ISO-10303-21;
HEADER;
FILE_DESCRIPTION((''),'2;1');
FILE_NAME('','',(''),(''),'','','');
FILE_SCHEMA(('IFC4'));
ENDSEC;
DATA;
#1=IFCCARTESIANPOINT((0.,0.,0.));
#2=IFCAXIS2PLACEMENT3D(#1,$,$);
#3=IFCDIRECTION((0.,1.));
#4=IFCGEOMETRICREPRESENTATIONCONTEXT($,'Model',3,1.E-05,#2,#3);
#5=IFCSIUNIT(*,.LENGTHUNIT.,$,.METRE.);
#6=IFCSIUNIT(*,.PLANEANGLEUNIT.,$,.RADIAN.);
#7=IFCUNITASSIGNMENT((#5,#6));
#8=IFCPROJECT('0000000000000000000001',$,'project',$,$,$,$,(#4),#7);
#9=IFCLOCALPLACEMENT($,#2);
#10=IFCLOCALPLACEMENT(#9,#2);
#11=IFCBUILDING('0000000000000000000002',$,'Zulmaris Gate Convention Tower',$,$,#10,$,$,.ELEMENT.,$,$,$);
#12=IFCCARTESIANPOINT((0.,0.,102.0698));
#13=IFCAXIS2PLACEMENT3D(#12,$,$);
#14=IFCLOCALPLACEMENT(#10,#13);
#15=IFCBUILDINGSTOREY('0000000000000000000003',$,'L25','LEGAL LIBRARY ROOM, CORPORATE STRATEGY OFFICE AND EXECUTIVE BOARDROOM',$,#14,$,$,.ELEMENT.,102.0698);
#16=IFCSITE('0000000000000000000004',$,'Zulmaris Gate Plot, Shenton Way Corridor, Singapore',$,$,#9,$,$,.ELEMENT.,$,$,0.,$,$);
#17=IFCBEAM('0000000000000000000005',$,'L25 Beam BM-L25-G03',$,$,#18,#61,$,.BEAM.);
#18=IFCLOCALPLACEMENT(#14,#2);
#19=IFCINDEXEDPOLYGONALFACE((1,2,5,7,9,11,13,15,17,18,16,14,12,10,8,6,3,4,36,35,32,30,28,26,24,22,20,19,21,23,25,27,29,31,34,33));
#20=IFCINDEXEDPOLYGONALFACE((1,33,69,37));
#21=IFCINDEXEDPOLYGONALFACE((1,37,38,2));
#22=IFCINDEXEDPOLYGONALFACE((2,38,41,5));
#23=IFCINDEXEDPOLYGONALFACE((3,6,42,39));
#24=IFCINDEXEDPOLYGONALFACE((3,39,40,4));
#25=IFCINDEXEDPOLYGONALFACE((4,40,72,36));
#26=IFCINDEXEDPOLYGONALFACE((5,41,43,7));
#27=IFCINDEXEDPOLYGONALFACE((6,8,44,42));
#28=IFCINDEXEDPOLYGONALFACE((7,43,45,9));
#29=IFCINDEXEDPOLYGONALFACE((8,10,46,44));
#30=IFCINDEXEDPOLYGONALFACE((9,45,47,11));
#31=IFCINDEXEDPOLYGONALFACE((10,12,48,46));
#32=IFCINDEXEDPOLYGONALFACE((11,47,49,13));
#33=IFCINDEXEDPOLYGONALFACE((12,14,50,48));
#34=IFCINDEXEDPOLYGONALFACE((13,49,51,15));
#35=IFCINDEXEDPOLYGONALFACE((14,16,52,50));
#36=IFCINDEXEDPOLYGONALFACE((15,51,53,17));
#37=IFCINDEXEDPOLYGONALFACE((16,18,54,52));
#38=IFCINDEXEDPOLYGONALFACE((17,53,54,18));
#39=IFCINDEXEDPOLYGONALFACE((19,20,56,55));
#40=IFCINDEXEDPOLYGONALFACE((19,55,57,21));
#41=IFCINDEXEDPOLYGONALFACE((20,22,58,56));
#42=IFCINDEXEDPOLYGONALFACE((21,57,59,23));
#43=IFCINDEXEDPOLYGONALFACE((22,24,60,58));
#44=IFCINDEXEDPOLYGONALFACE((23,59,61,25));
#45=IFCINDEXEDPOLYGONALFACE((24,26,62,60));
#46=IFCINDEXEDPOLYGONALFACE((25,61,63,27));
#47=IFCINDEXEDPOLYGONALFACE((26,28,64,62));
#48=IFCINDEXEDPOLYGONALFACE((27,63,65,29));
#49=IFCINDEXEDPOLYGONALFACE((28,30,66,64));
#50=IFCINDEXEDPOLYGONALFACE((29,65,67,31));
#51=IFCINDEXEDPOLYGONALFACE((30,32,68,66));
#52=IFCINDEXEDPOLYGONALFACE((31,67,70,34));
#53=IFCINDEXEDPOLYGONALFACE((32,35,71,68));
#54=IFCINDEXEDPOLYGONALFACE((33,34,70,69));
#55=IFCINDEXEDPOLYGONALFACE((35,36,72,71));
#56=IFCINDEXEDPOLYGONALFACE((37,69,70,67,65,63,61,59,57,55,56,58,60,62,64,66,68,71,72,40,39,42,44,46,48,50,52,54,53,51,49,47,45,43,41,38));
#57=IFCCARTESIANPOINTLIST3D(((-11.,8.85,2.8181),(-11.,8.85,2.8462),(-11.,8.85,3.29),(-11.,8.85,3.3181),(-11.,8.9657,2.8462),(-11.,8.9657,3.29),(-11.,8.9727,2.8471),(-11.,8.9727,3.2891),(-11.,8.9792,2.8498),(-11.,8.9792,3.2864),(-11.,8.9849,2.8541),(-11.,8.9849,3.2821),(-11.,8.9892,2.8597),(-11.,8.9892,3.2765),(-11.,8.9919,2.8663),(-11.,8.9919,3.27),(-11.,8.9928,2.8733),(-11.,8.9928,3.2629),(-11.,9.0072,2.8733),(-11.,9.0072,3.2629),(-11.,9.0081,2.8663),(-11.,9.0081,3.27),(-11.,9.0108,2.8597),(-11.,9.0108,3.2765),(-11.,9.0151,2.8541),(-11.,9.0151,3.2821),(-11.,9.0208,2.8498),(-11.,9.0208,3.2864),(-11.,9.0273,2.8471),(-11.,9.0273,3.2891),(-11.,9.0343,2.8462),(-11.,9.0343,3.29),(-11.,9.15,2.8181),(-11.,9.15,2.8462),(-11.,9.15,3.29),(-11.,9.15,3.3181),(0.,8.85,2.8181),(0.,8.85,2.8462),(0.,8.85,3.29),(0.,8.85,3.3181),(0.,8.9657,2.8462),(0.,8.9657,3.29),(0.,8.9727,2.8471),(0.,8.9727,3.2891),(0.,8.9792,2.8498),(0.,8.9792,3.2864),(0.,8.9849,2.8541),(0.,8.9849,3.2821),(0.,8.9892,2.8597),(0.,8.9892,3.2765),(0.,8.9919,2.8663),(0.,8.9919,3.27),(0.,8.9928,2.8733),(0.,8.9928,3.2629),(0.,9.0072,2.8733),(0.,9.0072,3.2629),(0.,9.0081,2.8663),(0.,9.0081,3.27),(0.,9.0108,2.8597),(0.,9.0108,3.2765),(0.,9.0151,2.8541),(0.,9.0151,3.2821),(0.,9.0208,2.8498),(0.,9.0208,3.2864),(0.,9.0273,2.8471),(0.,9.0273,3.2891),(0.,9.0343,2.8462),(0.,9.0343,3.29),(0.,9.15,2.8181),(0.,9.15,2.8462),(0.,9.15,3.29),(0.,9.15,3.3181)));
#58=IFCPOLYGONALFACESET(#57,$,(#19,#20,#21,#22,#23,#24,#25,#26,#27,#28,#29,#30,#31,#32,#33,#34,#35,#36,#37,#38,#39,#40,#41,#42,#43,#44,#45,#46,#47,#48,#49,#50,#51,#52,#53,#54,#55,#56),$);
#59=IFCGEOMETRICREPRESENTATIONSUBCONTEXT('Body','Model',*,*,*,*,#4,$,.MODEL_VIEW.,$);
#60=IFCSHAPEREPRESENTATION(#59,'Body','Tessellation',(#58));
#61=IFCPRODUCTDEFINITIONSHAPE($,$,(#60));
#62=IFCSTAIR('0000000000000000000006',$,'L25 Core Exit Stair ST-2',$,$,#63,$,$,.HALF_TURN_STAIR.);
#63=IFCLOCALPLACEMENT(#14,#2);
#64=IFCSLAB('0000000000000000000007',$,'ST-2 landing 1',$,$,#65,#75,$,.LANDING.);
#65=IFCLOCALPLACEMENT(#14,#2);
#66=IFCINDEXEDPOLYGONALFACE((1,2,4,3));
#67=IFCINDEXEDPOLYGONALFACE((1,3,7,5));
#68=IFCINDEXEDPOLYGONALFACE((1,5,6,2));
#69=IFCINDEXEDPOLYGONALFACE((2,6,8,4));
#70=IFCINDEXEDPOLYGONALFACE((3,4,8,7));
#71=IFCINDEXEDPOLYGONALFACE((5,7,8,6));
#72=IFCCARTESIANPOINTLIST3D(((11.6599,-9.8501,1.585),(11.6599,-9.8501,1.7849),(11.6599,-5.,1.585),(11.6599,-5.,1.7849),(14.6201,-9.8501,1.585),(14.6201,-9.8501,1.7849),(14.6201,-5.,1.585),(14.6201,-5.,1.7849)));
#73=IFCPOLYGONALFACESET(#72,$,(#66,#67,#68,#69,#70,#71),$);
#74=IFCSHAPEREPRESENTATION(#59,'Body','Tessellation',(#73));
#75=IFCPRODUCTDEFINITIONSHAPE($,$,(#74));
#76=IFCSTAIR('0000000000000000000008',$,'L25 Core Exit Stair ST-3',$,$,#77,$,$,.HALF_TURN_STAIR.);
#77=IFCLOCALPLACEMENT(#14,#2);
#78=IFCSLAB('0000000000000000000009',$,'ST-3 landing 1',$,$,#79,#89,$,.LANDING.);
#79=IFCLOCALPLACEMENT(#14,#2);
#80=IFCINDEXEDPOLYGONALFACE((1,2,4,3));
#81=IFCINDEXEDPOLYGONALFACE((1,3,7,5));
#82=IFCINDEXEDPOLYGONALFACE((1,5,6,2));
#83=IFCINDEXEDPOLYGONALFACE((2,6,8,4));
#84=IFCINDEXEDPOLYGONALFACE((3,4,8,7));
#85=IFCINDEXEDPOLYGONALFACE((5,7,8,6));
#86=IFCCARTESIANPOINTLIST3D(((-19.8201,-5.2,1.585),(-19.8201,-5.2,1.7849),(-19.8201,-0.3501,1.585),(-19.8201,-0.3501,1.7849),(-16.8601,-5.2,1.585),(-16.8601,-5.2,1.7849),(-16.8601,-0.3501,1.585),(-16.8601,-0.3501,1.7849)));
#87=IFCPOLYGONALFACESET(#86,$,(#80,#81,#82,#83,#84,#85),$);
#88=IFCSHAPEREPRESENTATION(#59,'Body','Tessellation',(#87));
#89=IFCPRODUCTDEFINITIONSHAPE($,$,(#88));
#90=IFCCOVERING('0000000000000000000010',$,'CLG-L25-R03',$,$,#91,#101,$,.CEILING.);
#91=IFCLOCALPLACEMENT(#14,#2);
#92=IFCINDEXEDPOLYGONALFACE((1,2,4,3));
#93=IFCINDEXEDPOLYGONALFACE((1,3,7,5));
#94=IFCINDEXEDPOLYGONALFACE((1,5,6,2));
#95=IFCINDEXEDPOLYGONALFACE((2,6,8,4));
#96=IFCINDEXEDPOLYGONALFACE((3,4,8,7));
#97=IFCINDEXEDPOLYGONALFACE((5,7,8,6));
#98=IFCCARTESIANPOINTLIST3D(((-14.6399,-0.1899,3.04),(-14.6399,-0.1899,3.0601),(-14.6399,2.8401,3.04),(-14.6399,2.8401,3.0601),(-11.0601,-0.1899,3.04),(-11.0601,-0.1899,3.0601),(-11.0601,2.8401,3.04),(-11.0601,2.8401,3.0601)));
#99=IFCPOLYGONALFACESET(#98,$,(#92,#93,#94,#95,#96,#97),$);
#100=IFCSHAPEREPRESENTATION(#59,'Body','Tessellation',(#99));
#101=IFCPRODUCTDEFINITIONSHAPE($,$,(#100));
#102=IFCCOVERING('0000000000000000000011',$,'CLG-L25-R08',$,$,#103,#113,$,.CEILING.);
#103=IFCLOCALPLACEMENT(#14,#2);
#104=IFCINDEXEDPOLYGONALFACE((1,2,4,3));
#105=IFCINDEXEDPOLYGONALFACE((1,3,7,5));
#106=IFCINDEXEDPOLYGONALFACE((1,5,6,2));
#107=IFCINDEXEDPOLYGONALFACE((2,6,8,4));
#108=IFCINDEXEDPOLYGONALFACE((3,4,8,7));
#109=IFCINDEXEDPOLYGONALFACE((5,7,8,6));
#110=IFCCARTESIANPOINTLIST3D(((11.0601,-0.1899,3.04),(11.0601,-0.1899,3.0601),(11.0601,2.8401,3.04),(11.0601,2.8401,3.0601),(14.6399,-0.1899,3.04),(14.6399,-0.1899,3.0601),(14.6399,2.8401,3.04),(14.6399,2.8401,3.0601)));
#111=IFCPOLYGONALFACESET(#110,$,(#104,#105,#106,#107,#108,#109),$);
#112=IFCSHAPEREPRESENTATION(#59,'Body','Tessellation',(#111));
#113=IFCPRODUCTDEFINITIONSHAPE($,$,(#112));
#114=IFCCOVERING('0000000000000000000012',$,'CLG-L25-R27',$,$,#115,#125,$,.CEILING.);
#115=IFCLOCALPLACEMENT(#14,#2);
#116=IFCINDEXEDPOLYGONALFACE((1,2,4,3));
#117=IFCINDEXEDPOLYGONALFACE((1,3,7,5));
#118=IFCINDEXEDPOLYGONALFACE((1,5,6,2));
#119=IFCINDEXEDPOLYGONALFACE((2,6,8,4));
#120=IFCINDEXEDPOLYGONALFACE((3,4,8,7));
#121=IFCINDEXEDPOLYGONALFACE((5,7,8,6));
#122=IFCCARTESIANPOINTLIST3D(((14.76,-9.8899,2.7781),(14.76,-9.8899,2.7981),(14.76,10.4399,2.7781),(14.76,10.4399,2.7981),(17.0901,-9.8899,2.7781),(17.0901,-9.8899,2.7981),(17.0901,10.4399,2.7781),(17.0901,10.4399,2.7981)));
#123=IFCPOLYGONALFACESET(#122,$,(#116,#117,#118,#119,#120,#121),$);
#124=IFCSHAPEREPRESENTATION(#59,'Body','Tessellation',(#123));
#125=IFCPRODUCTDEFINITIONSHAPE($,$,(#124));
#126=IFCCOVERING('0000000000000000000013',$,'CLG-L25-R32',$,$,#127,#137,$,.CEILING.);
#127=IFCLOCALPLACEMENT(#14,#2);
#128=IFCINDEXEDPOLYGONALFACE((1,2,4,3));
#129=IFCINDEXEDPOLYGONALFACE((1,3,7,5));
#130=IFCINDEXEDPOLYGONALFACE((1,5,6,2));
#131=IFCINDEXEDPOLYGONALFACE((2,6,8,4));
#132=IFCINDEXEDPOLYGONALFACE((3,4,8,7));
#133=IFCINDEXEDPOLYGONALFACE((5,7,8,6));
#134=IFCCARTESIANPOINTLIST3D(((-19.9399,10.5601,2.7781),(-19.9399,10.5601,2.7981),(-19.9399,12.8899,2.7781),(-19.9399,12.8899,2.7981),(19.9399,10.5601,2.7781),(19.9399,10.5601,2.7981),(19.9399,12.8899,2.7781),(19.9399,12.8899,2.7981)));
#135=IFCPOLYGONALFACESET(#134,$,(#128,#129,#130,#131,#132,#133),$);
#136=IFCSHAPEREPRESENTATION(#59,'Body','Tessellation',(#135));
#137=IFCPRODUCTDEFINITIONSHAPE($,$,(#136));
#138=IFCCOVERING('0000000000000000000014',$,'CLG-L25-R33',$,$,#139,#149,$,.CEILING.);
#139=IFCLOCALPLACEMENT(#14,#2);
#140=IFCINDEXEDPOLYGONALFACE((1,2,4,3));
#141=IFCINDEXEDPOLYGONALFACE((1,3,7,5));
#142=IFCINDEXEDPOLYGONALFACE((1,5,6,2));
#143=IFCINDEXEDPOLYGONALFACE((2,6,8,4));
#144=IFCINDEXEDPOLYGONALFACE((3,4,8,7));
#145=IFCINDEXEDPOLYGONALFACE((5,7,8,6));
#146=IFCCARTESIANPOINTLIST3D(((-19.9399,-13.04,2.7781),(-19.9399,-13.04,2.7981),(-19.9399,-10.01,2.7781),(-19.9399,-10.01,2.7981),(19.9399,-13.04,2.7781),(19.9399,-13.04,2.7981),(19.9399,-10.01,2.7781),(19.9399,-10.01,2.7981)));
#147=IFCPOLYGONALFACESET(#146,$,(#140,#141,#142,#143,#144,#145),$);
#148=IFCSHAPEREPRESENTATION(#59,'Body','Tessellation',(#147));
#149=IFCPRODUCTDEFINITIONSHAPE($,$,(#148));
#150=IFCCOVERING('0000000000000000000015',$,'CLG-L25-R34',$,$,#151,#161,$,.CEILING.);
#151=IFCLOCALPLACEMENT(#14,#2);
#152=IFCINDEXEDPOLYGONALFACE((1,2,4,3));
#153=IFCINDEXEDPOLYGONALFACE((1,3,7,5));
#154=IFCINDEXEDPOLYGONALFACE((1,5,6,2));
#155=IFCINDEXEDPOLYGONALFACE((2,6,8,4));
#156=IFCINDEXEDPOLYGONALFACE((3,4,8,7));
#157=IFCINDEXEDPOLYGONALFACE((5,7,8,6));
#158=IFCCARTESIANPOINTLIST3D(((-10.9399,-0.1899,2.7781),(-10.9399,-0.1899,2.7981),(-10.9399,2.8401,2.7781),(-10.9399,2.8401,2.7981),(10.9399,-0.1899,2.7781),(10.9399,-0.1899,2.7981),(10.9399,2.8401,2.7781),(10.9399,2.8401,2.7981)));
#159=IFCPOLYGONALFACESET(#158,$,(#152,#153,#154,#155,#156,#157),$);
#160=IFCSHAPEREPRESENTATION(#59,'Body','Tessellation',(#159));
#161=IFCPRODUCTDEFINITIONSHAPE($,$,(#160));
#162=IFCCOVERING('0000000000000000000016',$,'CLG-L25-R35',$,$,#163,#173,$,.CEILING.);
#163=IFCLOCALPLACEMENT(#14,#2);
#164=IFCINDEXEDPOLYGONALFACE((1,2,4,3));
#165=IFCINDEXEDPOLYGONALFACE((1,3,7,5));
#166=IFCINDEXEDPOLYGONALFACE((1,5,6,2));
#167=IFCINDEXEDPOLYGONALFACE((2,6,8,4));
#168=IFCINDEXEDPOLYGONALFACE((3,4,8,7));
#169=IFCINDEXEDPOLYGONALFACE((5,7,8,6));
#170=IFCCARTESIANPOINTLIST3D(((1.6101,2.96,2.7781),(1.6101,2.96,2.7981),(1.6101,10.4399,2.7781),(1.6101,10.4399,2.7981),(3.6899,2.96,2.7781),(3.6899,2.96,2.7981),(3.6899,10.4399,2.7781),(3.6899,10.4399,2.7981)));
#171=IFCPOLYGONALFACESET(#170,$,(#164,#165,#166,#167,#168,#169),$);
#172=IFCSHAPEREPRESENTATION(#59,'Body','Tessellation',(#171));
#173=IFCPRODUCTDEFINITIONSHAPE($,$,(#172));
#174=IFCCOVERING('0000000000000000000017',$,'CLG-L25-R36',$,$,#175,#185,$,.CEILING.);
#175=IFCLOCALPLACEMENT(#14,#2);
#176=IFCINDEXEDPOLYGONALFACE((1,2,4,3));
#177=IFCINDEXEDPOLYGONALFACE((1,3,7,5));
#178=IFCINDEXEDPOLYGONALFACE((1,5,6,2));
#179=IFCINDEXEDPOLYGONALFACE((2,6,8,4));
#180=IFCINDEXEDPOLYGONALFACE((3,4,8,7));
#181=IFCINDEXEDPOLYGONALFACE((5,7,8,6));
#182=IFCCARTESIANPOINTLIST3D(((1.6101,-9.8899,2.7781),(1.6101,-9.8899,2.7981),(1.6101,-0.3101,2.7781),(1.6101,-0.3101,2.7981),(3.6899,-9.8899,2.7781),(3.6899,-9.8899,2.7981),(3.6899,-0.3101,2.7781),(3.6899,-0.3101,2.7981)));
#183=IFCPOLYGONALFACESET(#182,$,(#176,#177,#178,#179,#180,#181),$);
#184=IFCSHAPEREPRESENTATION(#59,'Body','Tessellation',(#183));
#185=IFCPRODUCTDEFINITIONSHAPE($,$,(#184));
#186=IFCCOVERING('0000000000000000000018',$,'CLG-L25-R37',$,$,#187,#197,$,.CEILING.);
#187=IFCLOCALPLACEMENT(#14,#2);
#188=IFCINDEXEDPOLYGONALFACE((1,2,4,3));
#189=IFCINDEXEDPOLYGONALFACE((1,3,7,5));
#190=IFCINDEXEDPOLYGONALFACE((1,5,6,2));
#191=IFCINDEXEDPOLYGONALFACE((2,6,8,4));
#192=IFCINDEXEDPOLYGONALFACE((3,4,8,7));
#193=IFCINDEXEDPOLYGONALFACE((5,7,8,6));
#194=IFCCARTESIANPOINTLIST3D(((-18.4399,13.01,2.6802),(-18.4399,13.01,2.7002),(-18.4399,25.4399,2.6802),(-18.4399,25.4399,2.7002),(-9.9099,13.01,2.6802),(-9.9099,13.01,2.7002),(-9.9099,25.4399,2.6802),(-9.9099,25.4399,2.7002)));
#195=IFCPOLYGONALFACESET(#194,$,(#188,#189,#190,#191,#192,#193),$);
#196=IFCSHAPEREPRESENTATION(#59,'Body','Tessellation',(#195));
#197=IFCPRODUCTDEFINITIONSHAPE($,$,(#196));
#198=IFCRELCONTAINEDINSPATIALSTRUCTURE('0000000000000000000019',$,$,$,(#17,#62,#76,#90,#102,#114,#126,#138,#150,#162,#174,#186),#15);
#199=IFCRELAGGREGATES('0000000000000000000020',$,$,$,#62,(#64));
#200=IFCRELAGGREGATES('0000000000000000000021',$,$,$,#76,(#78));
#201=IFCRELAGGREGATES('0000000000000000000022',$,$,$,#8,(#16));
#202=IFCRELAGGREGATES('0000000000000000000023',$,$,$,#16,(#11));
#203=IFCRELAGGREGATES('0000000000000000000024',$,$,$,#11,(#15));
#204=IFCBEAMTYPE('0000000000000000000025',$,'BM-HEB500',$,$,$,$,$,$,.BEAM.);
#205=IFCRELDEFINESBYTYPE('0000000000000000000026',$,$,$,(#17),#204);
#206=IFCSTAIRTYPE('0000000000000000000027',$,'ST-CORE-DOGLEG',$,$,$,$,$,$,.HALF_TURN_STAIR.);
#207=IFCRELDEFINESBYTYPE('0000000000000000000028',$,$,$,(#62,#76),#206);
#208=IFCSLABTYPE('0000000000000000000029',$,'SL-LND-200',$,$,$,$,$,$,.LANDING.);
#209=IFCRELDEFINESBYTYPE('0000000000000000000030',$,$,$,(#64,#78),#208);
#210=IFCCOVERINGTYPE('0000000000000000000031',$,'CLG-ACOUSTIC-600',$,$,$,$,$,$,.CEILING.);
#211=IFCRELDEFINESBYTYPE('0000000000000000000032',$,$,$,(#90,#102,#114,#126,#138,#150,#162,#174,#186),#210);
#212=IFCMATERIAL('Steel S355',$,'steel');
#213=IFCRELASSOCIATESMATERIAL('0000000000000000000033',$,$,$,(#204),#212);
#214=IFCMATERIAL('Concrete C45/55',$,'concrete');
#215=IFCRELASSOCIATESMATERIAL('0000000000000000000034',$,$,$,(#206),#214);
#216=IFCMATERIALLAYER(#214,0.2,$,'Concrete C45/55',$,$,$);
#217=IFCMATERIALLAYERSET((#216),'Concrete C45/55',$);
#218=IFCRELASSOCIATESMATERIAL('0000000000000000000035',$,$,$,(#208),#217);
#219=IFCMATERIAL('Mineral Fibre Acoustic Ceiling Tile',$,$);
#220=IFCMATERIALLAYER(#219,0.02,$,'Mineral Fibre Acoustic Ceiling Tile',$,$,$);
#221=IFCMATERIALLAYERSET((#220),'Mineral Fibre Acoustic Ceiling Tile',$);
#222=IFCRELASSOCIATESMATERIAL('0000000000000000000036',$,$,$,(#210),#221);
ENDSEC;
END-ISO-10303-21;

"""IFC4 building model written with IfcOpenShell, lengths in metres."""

from ifc_helpers import new_model, si_unit, direction, frame, origin, origin_2d, place, context, subcontext, project, spatial, polyline, i_section, outline, extrude, material, layer, layer_set, material_profile, profile_set, type_object, element, aggregate, save


model = new_model("IFC4")

# Units and contexts
model_context = context("Model", 3, precision=1e-05, world=origin(), true_north=direction((0.0, 1.0)))
body_context = subcontext(model_context, "Body", "Model", "MODEL_VIEW")
ifc_project = project(units=[si_unit("LENGTHUNIT", "METRE"), si_unit("PLANEANGLEUNIT", "RADIAN")], contexts=[model_context])

# Site, building, storey
site_placement = place(None, origin())
site = spatial("IfcSite", under=ifc_project, at=site_placement, Name="Zulmaris Gate Plot, Shenton Way Corridor, Singapore", CompositionType="ELEMENT", RefElevation=0.0)
building_placement = place(site_placement, origin())
building = spatial("IfcBuilding", under=site, at=building_placement, Name="Zulmaris Gate Convention Tower", CompositionType="ELEMENT")
storey_placement = place(building_placement, frame((0.0, 0.0, 102.0698)))
storey = spatial("IfcBuildingStorey", under=building, at=storey_placement, Name="L25", Description="LEGAL LIBRARY ROOM, CORPORATE STRATEGY OFFICE AND EXECUTIVE BOARDROOM", CompositionType="ELEMENT", Elevation=102.0698)

# Beam
ifc_material_1 = material(Name="Steel S355", Category="steel")
ifc_material_profile = material_profile(ifc_material_1, i_section(OverallWidth=0.3, OverallDepth=0.5, WebThickness=0.0144, FlangeThickness=0.0281, FilletRadius=0.0271, at=origin_2d()), Name="HEB 500")
ifc_profile_set = profile_set([ifc_material_profile], Name="Steel S355")
beam_type = type_object("IfcBeamType", Name="BM-HEB500", PredefinedType="BEAM", material=ifc_profile_set)
beam_placement = place(storey_placement, frame((-11.0, 9.0, 3.0681), z_axis=(1.0, 0.0, 0.0), x_axis=(0.0, 1.0, 0.0)))
element("IfcBeam", 1, at=beam_placement, inside=storey, type_object=beam_type, Name="L25 Beam BM-L25-G03", PredefinedType="BEAM", context=body_context, shape_type="SweptSolid", body=[
    extrude(i_section(OverallWidth=0.3, OverallDepth=0.5, WebThickness=0.0144, FlangeThickness=0.0281, FilletRadius=0.0271, at=origin_2d()), origin(), (0.0, 0.0, 1.0), 11.0),
])

# Stairs, slabs
ifc_material_2 = material(Name="Concrete C45/55", Category="concrete")
stair_type = type_object("IfcStairType", Name="ST-CORE-DOGLEG", PredefinedType="HALF_TURN_STAIR", material=ifc_material_2)
stair_1_placement = place(storey_placement, origin())
stair_1 = element("IfcStair", 2, at=stair_1_placement, inside=storey, type_object=stair_type, Name="L25 Core Exit Stair ST-2", PredefinedType="HALF_TURN_STAIR")
ifc_layer_1 = layer(ifc_material_2, 0.2, Name="Concrete C45/55")
ifc_layer_set_1 = layer_set([ifc_layer_1], Name="Concrete C45/55")
slab_type = type_object("IfcSlabType", Name="SL-LND-200", PredefinedType="LANDING", material=ifc_layer_set_1)
slab_1_placement = place(storey_placement, frame((0.0, 0.0, 1.585)))
slab_1 = element("IfcSlab", 3, at=slab_1_placement, type_object=slab_type, Name="ST-2 landing 1", PredefinedType="LANDING", context=body_context, shape_type="SweptSolid", body=[
    extrude(outline(polyline([(11.6599, -5.0), (11.6599, -9.8501), (14.6201, -9.8501), (14.6201, -5.0), (11.6599, -5.0)])), origin(), (0.0, 0.0, 1.0), 0.2),
])
aggregate(stair_1, [slab_1])
stair_2_placement = place(storey_placement, origin())
stair_2 = element("IfcStair", 4, at=stair_2_placement, inside=storey, type_object=stair_type, Name="L25 Core Exit Stair ST-3", PredefinedType="HALF_TURN_STAIR")
slab_2_placement = place(storey_placement, frame((0.0, 0.0, 1.585)))
slab_2 = element("IfcSlab", 5, at=slab_2_placement, type_object=slab_type, Name="ST-3 landing 1", PredefinedType="LANDING", context=body_context, shape_type="SweptSolid", body=[
    extrude(outline(polyline([(-16.8601, -5.2), (-16.8601, -0.3501), (-19.8201, -0.3501), (-19.8201, -5.2), (-16.8601, -5.2)])), origin(), (0.0, 0.0, 1.0), 0.2),
])
aggregate(stair_2, [slab_2])

# Coverings
ifc_material_3 = material(Name="Mineral Fibre Acoustic Ceiling Tile")
ifc_layer_2 = layer(ifc_material_3, 0.02, Name="Mineral Fibre Acoustic Ceiling Tile")
ifc_layer_set_2 = layer_set([ifc_layer_2], Name="Mineral Fibre Acoustic Ceiling Tile")
covering_type_1 = type_object("IfcCoveringType", Name="CLG-ACOUSTIC-600", PredefinedType="CEILING", material=ifc_layer_set_2)
covering_1_placement = place(storey_placement, frame((0.0, 0.0, 3.04)))
element("IfcCovering", 6, at=covering_1_placement, inside=storey, type_object=covering_type_1, Name="CLG-L25-R03", PredefinedType="CEILING", context=body_context, shape_type="SweptSolid", body=[
    extrude(outline(polyline([(-14.6399, -0.1899), (-11.0601, -0.1899), (-11.0601, 2.8401), (-14.6399, 2.8401), (-14.6399, -0.1899)])), origin(), (0.0, 0.0, 1.0), 0.02),
])
covering_2_placement = place(storey_placement, frame((0.0, 0.0, 3.04)))
element("IfcCovering", 7, at=covering_2_placement, inside=storey, type_object=covering_type_1, Name="CLG-L25-R08", PredefinedType="CEILING", context=body_context, shape_type="SweptSolid", body=[
    extrude(outline(polyline([(11.0601, -0.1899), (14.6399, -0.1899), (14.6399, 2.8401), (11.0601, 2.8401), (11.0601, -0.1899)])), origin(), (0.0, 0.0, 1.0), 0.02),
])
covering_3_placement = place(storey_placement, frame((0.0, 0.0, 2.7781)))
element("IfcCovering", 8, at=covering_3_placement, inside=storey, type_object=covering_type_1, Name="CLG-L25-R27", PredefinedType="CEILING", context=body_context, shape_type="SweptSolid", body=[
    extrude(outline(polyline([(14.76, -9.8899), (17.0901, -9.8899), (17.0901, 10.4399), (14.76, 10.4399), (14.76, -9.8899)])), origin(), (0.0, 0.0, 1.0), 0.02),
])
covering_4_placement = place(storey_placement, frame((0.0, 0.0, 2.7781)))
element("IfcCovering", 9, at=covering_4_placement, inside=storey, type_object=covering_type_1, Name="CLG-L25-R32", PredefinedType="CEILING", context=body_context, shape_type="SweptSolid", body=[
    extrude(outline(polyline([(-19.9399, 10.5601), (19.9399, 10.5601), (19.9399, 12.8899), (-19.9399, 12.8899), (-19.9399, 10.5601)])), origin(), (0.0, 0.0, 1.0), 0.02),
])
covering_5_placement = place(storey_placement, frame((0.0, 0.0, 2.7781)))
element("IfcCovering", 10, at=covering_5_placement, inside=storey, type_object=covering_type_1, Name="CLG-L25-R33", PredefinedType="CEILING", context=body_context, shape_type="SweptSolid", body=[
    extrude(outline(polyline([(-19.9399, -13.04), (19.9399, -13.04), (19.9399, -10.01), (-19.9399, -10.01), (-19.9399, -13.04)])), origin(), (0.0, 0.0, 1.0), 0.02),
])
covering_6_placement = place(storey_placement, frame((0.0, 0.0, 2.7781)))
element("IfcCovering", 11, at=covering_6_placement, inside=storey, type_object=covering_type_1, Name="CLG-L25-R34", PredefinedType="CEILING", context=body_context, shape_type="SweptSolid", body=[
    extrude(outline(polyline([(-10.9399, -0.1899), (10.9399, -0.1899), (10.9399, 2.8401), (-10.9399, 2.8401), (-10.9399, -0.1899)])), origin(), (0.0, 0.0, 1.0), 0.02),
])
covering_7_placement = place(storey_placement, frame((0.0, 0.0, 2.7781)))
element("IfcCovering", 12, at=covering_7_placement, inside=storey, type_object=covering_type_1, Name="CLG-L25-R35", PredefinedType="CEILING", context=body_context, shape_type="SweptSolid", body=[
    extrude(outline(polyline([(1.6101, 2.96), (3.6899, 2.96), (3.6899, 10.4399), (1.6101, 10.4399), (1.6101, 2.96)])), origin(), (0.0, 0.0, 1.0), 0.02),
])
covering_8_placement = place(storey_placement, frame((0.0, 0.0, 2.7781)))
element("IfcCovering", 13, at=covering_8_placement, inside=storey, type_object=covering_type_1, Name="CLG-L25-R36", PredefinedType="CEILING", context=body_context, shape_type="SweptSolid", body=[
    extrude(outline(polyline([(1.6101, -9.8899), (3.6899, -9.8899), (3.6899, -0.3101), (1.6101, -0.3101), (1.6101, -9.8899)])), origin(), (0.0, 0.0, 1.0), 0.02),
])
covering_9_placement = place(storey_placement, frame((0.0, 0.0, 2.6802)))
element("IfcCovering", 14, at=covering_9_placement, inside=storey, type_object=covering_type_1, Name="CLG-L25-R37", PredefinedType="CEILING", context=body_context, shape_type="SweptSolid", body=[
    extrude(outline(polyline([(-18.4399, 13.01), (-9.9099, 13.01), (-9.9099, 25.4399), (-18.4399, 25.4399), (-18.4399, 13.01)])), origin(), (0.0, 0.0, 1.0), 0.02),
])

save(model, "model.ifc")
